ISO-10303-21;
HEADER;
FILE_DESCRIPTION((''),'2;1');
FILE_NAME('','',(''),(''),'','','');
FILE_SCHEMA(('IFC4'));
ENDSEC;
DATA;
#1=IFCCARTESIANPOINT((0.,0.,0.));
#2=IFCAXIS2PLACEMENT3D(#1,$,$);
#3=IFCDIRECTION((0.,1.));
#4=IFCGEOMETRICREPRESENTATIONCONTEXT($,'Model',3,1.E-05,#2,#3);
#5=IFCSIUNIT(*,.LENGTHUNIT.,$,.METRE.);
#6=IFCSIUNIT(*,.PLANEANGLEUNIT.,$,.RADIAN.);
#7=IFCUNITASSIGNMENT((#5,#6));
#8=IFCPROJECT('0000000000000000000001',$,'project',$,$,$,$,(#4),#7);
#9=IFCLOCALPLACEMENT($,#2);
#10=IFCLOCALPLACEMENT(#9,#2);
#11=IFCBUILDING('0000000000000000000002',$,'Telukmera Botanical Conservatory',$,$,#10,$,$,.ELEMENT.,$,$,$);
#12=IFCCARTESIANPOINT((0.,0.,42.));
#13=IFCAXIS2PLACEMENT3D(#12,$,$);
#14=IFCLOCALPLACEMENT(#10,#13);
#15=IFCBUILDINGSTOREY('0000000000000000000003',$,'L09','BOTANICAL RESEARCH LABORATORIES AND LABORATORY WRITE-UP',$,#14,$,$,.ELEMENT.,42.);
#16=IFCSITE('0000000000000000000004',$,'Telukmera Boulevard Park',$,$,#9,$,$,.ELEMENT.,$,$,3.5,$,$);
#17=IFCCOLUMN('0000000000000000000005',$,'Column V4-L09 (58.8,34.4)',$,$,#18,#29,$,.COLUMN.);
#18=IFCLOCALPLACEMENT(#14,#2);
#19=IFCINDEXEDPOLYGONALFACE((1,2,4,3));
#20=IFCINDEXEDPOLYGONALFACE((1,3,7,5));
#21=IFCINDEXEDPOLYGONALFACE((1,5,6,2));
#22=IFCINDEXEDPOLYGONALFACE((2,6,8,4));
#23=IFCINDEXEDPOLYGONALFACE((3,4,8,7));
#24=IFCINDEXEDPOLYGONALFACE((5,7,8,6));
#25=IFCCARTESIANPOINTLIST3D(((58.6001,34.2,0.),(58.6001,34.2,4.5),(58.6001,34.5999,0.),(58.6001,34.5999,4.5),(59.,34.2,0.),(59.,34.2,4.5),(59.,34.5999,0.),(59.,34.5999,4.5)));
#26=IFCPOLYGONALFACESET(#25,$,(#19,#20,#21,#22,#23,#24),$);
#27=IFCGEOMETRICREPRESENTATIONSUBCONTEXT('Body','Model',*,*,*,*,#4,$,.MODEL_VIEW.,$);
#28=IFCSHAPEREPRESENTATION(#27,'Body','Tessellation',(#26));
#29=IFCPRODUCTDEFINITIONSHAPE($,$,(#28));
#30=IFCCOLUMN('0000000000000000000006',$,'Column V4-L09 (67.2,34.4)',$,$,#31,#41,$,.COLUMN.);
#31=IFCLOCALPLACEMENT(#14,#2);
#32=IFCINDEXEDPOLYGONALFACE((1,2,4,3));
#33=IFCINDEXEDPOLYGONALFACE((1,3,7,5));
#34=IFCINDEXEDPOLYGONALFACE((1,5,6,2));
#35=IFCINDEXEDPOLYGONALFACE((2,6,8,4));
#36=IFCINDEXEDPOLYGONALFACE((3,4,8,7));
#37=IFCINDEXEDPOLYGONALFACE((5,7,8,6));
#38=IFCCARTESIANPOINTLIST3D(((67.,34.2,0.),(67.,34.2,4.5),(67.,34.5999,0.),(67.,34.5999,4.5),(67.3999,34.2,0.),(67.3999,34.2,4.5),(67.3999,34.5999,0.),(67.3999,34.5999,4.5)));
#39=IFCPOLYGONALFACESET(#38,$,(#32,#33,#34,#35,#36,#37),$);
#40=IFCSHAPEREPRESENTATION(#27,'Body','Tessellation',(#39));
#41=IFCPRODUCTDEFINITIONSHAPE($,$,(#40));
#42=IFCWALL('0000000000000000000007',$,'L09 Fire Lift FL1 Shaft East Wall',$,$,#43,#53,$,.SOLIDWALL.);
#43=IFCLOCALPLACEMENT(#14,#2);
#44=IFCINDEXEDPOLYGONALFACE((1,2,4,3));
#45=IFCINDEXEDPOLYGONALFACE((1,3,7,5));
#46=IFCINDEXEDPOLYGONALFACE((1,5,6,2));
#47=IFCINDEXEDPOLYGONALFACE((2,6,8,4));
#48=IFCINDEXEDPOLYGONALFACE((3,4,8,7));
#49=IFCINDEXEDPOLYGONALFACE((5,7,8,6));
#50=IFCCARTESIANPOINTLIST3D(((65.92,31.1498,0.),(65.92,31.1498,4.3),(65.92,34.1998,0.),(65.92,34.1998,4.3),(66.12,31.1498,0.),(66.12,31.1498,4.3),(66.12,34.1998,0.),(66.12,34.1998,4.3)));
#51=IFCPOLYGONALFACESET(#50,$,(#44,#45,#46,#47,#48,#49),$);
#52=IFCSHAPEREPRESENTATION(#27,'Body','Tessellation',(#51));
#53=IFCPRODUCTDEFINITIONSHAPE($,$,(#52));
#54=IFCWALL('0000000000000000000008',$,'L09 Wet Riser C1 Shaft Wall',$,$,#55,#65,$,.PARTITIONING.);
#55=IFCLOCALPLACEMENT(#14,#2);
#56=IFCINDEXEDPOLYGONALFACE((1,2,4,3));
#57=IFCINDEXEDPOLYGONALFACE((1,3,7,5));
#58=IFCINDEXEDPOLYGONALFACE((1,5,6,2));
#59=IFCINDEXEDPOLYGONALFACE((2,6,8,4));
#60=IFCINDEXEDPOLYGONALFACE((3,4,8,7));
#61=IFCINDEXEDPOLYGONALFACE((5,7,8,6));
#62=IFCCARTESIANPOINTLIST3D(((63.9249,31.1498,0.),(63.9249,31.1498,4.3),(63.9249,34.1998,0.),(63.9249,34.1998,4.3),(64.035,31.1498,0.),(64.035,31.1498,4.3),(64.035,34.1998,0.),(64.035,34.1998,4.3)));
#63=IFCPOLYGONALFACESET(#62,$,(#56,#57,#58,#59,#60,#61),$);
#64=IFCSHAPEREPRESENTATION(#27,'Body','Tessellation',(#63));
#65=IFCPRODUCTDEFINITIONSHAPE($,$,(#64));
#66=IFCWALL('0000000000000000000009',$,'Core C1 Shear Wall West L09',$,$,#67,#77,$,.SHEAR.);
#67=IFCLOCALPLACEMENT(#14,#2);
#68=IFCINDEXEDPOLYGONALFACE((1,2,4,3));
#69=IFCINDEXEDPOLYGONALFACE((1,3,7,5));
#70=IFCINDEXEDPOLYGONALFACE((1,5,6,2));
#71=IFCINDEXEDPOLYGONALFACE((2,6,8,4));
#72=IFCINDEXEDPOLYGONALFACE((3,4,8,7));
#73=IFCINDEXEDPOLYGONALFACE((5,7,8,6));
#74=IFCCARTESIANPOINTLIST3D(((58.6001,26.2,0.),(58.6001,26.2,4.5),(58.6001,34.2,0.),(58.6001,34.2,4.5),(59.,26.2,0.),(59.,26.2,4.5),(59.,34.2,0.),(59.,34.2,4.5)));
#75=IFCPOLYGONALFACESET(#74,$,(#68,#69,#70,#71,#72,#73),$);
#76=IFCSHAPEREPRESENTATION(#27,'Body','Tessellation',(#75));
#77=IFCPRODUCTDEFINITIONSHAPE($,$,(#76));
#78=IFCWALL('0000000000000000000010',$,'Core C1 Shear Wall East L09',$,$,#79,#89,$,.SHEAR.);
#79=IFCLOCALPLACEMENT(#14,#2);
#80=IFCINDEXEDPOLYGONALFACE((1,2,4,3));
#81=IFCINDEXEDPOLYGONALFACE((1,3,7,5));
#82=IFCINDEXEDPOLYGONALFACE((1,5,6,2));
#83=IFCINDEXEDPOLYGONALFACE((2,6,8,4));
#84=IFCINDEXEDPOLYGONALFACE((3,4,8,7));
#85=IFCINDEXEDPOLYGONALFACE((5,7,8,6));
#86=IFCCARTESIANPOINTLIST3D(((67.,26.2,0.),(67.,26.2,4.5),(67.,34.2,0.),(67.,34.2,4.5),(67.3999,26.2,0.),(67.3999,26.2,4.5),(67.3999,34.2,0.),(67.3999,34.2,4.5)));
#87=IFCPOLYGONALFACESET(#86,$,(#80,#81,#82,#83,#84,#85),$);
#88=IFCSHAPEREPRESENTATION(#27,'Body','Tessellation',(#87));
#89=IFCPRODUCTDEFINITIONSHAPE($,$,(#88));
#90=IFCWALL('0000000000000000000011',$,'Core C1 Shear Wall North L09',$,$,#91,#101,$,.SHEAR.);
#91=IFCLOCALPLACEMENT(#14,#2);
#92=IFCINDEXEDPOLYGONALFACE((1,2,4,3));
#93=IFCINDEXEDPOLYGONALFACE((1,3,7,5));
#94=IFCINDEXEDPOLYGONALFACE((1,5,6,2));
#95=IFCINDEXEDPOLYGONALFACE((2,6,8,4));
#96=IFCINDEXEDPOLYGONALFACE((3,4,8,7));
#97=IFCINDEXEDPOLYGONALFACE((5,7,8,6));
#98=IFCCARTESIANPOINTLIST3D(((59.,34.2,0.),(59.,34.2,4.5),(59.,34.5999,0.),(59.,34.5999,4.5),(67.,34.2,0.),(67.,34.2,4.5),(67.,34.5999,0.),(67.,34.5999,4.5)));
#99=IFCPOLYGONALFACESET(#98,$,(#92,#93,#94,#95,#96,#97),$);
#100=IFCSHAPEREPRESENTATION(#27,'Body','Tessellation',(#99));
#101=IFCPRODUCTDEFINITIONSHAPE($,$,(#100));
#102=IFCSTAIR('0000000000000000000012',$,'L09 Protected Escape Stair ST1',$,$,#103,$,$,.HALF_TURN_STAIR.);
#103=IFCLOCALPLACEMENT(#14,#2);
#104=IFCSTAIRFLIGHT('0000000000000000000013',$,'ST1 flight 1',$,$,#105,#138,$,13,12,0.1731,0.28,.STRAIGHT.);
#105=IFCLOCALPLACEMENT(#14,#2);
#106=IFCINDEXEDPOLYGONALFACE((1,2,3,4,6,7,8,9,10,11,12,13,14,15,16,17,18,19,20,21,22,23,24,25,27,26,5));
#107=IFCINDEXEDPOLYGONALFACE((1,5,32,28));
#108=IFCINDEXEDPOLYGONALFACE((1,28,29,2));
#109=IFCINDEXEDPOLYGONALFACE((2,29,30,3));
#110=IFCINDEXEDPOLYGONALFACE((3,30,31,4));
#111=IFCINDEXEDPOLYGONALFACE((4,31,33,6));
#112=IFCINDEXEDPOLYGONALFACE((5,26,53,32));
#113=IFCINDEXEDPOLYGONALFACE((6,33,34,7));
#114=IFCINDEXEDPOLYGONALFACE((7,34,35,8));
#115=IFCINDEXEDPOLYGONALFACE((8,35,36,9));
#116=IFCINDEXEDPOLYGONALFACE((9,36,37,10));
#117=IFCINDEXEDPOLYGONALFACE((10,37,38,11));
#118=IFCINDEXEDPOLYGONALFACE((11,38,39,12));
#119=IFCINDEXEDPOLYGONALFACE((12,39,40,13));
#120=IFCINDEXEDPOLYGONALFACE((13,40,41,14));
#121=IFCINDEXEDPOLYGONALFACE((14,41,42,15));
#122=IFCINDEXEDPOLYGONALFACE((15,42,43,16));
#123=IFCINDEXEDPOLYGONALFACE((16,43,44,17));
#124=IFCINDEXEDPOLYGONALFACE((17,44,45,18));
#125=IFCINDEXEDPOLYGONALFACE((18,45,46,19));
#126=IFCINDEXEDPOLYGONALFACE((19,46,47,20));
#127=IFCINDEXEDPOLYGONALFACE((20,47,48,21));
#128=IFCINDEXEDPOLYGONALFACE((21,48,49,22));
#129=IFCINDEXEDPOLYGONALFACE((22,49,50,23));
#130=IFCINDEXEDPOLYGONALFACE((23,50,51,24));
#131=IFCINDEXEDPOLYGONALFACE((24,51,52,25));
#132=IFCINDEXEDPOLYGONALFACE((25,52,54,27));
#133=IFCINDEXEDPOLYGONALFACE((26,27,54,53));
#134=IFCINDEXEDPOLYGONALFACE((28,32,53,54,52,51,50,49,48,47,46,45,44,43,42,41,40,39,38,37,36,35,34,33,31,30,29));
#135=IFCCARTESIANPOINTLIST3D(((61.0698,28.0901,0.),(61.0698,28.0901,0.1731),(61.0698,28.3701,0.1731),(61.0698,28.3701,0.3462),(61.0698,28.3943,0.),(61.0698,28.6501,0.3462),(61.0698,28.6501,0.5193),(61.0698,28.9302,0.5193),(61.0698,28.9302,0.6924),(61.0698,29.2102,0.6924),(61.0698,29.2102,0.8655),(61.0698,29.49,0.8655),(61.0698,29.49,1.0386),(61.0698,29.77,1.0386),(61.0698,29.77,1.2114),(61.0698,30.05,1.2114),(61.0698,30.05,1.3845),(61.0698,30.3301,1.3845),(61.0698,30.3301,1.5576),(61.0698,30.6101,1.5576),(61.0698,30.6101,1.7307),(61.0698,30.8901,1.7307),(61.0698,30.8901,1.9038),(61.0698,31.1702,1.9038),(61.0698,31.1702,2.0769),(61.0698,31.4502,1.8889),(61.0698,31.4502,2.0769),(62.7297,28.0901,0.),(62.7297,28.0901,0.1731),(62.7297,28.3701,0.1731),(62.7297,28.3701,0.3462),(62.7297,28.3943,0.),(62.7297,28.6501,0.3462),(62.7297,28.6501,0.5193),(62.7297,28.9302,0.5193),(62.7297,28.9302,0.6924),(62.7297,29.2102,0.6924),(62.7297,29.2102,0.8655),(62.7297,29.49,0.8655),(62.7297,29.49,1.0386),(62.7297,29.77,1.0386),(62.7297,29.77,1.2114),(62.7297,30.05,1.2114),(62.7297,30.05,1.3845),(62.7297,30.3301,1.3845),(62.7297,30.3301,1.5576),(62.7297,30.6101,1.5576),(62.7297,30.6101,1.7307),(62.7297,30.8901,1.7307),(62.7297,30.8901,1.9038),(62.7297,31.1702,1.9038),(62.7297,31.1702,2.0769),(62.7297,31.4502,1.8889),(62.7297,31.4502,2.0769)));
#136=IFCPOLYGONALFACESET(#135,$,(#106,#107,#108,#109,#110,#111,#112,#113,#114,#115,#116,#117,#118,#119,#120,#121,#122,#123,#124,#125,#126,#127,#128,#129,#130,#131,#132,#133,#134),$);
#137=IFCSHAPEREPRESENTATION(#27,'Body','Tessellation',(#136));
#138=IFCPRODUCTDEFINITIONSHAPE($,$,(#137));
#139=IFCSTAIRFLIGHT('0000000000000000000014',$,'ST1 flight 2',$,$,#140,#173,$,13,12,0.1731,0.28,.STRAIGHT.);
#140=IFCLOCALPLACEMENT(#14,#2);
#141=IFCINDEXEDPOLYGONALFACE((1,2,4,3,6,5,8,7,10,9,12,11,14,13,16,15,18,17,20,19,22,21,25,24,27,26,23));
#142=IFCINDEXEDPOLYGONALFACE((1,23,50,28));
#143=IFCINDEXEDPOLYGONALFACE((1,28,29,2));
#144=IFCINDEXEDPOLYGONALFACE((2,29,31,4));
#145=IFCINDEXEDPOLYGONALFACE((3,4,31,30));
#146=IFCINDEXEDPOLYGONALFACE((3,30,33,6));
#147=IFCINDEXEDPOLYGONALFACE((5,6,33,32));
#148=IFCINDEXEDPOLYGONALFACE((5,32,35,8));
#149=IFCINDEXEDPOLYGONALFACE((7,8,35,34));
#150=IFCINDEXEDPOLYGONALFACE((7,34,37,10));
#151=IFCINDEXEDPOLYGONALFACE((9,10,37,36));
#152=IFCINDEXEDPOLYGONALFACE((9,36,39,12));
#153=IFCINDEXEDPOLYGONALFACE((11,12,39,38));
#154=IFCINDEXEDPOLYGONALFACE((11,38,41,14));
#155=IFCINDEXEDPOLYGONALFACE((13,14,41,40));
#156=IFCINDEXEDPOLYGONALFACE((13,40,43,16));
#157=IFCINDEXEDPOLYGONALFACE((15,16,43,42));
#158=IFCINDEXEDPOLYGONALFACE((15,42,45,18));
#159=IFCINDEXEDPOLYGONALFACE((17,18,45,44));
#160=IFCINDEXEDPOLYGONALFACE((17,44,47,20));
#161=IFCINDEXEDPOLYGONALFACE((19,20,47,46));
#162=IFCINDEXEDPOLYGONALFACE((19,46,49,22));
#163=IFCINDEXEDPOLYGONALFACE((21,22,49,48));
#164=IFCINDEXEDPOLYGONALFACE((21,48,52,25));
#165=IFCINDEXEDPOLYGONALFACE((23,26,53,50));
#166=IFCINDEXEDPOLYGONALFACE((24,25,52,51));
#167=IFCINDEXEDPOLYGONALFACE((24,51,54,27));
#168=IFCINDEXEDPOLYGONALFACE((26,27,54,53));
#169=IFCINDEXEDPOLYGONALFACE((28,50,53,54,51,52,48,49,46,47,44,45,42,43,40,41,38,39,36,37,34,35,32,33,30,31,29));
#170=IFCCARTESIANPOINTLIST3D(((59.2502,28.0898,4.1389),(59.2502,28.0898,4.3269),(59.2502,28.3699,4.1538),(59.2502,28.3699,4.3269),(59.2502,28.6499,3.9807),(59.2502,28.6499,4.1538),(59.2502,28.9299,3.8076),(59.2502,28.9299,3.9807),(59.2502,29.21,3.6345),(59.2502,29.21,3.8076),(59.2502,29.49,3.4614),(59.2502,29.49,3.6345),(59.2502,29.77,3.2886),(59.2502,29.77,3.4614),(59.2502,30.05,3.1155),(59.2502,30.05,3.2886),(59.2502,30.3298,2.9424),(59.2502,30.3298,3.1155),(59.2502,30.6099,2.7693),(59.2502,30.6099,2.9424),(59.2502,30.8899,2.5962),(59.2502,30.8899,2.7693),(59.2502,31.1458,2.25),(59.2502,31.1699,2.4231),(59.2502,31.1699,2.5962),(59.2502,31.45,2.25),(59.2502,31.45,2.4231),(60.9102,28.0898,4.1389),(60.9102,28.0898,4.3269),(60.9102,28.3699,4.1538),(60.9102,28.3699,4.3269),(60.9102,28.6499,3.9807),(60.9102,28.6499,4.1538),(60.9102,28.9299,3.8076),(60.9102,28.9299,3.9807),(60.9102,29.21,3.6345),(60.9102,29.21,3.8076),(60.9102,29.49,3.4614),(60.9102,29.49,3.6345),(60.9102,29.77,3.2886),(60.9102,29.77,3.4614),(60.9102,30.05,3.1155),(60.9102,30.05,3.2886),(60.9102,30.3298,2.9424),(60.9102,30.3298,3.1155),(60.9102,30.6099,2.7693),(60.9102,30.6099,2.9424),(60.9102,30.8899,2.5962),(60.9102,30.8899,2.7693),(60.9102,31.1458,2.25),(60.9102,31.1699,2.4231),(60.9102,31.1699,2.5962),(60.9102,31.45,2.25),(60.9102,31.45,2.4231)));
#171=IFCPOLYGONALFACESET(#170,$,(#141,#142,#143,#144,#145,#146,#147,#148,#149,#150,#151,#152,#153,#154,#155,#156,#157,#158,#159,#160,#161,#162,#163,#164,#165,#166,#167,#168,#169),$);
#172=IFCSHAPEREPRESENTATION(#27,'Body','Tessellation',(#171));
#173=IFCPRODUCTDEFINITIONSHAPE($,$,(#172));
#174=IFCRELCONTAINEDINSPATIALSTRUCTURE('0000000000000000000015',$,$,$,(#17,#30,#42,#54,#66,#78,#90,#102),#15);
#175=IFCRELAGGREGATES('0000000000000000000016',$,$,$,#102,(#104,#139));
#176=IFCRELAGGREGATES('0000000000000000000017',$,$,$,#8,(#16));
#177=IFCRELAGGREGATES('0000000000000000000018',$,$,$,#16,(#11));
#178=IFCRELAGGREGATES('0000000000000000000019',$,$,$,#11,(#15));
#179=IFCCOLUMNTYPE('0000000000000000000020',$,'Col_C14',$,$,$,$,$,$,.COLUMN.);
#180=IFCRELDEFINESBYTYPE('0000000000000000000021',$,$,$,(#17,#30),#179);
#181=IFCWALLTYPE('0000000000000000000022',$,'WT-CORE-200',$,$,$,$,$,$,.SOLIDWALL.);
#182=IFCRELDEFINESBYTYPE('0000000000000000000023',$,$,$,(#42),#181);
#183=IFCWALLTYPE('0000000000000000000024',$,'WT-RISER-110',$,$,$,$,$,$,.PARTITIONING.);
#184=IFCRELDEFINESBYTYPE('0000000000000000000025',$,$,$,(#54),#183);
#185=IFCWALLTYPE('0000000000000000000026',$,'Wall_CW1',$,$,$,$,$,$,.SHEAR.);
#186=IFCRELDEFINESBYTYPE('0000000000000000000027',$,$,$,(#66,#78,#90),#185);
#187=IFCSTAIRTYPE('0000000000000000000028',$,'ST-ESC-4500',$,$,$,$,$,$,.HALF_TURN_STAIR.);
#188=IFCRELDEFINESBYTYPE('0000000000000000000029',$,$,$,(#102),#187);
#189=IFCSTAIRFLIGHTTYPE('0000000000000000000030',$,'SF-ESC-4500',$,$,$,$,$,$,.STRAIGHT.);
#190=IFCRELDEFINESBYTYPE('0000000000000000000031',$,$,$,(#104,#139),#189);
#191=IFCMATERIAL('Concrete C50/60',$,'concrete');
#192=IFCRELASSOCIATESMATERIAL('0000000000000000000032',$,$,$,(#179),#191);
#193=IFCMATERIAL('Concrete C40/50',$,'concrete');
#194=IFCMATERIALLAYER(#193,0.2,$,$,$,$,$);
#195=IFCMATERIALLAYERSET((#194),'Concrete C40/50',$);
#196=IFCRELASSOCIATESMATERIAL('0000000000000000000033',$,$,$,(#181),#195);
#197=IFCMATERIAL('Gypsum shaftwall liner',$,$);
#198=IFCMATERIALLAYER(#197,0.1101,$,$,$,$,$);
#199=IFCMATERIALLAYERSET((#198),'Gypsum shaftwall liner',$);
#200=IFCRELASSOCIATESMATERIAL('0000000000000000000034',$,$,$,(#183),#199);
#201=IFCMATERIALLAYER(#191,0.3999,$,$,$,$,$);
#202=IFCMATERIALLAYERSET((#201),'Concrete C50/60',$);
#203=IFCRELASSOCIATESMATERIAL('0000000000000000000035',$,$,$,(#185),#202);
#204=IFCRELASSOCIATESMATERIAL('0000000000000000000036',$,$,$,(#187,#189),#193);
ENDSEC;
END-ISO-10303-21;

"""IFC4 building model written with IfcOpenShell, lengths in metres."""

from ifc_helpers import new_model, si_unit, direction, frame, frame_2d, origin, origin_2d, place, context, subcontext, project, spatial, polyline, rectangle, outline, extrude, material, layer, layer_set, material_profile, profile_set, type_object, element, aggregate, save


model = new_model("IFC4")

# Units and contexts
model_context = context("Model", 3, precision=1e-05, world=origin(), true_north=direction((0.0, 1.0)))
body_context = subcontext(model_context, "Body", "Model", "MODEL_VIEW")
ifc_project = project(units=[si_unit("LENGTHUNIT", "METRE"), si_unit("PLANEANGLEUNIT", "RADIAN")], contexts=[model_context])

# Site, building, storey
site_placement = place(None, origin())
site = spatial("IfcSite", under=ifc_project, at=site_placement, Name="Telukmera Boulevard Park", CompositionType="ELEMENT", RefElevation=3.5)
building_placement = place(site_placement, origin())
building = spatial("IfcBuilding", under=site, at=building_placement, Name="Telukmera Botanical Conservatory", CompositionType="ELEMENT")
storey_placement = place(building_placement, frame((0.0, 0.0, 42.0)))
storey = spatial("IfcBuildingStorey", under=building, at=storey_placement, Name="L09", Description="BOTANICAL RESEARCH LABORATORIES AND LABORATORY WRITE-UP", CompositionType="ELEMENT", Elevation=42.0)

# Columns
ifc_material_1 = material(Name="Concrete C50/60", Category="concrete")
ifc_material_profile = material_profile(ifc_material_1, rectangle(XDim=0.3999, YDim=0.3999, at=origin_2d()), Name="RC 400x400")
ifc_profile_set = profile_set([ifc_material_profile], Name="Concrete C50/60")
column_type = type_object("IfcColumnType", Name="Col_C14", PredefinedType="COLUMN", material=ifc_profile_set)
for number, where, z_axis, x_axis, name in (
    (1, (58.8, 34.3999, 0.0), (0.0, 0.0, 1.0), (1.0, 0.0, 0.0), "Column V4-L09 (58.8,34.4)"),
    (2, (67.2, 34.3999, 0.0), (0.0, 0.0, 1.0), (1.0, 0.0, 0.0), "Column V4-L09 (67.2,34.4)"),
):
    element("IfcColumn", number, at=place(storey_placement, frame(where, z_axis=z_axis, x_axis=x_axis)), inside=storey, type_object=column_type, Name=name, PredefinedType="COLUMN", context=body_context, shape_type="SweptSolid", body=[
        extrude(rectangle(XDim=0.3999, YDim=0.3999, at=origin_2d()), origin(), (0.0, 0.0, 1.0), 4.5),
    ])

# Shared definitions
ifc_material_2 = material(Name="Concrete C40/50", Category="concrete")
ifc_layer_1 = layer(ifc_material_2, 0.2)
ifc_layer_set_1 = layer_set([ifc_layer_1], Name="Concrete C40/50")
wall_type_1 = type_object("IfcWallType", Name="WT-CORE-200", PredefinedType="SOLIDWALL", material=ifc_layer_set_1)

# Walls
wall_1_placement = place(storey_placement, frame((66.02, 31.1499, 0.0), z_axis=(0.0, 0.0, 1.0), x_axis=(0.0, 1.0, 0.0)))
element("IfcWall", 3, at=wall_1_placement, inside=storey, type_object=wall_type_1, Name="L09 Fire Lift FL1 Shaft East Wall", PredefinedType="SOLIDWALL", context=body_context, shape_type="SweptSolid", body=[
    extrude(rectangle(XDim=3.05, YDim=0.2, at=frame_2d((1.5249, 0.0))), origin(), (0.0, 0.0, 1.0), 4.3),
])
ifc_material_3 = material(Name="Gypsum shaftwall liner")
ifc_layer_2 = layer(ifc_material_3, 0.1101)
ifc_layer_set_2 = layer_set([ifc_layer_2], Name="Gypsum shaftwall liner")
wall_type_2 = type_object("IfcWallType", Name="WT-RISER-110", PredefinedType="PARTITIONING", material=ifc_layer_set_2)
wall_2_placement = place(storey_placement, frame((63.98, 31.1499, 0.0), z_axis=(0.0, 0.0, 1.0), x_axis=(0.0, 1.0, 0.0)))
element("IfcWall", 4, at=wall_2_placement, inside=storey, type_object=wall_type_2, Name="L09 Wet Riser C1 Shaft Wall", PredefinedType="PARTITIONING", context=body_context, shape_type="SweptSolid", body=[
    extrude(rectangle(XDim=3.05, YDim=0.1101, at=frame_2d((1.5249, 0.0))), origin(), (0.0, 0.0, 1.0), 4.3),
])
ifc_layer_3 = layer(ifc_material_1, 0.3999)
ifc_layer_set_3 = layer_set([ifc_layer_3], Name="Concrete C50/60")
wall_type_3 = type_object("IfcWallType", Name="Wall_CW1", PredefinedType="SHEAR", material=ifc_layer_set_3)
for number, where, z_axis, x_axis, name in (
    (5, (58.8, 26.2, 0.0), (0.0, 0.0, 1.0), (0.0, 1.0, 0.0), "Core C1 Shear Wall West L09"),
    (6, (67.2, 26.2, 0.0), (0.0, 0.0, 1.0), (0.0, 1.0, 0.0), "Core C1 Shear Wall East L09"),
    (7, (59.0, 34.3999, 0.0), (0.0, 0.0, 1.0), (1.0, 0.0, 0.0), "Core C1 Shear Wall North L09"),
):
    element("IfcWall", number, at=place(storey_placement, frame(where, z_axis=z_axis, x_axis=x_axis)), inside=storey, type_object=wall_type_3, Name=name, PredefinedType="SHEAR", context=body_context, shape_type="SweptSolid", body=[
        extrude(rectangle(XDim=8.0, YDim=0.3999, at=frame_2d((4.0, 0.0))), origin(), (0.0, 0.0, 1.0), 4.5),
    ])

# Stair, stair flights
stair_type = type_object("IfcStairType", Name="ST-ESC-4500", PredefinedType="HALF_TURN_STAIR", material=ifc_material_2)
stair_placement = place(storey_placement, origin())
stair = element("IfcStair", 8, at=stair_placement, inside=storey, type_object=stair_type, Name="L09 Protected Escape Stair ST1", PredefinedType="HALF_TURN_STAIR")
stair_flight_type = type_object("IfcStairFlightType", Name="SF-ESC-4500", PredefinedType="STRAIGHT", material=ifc_material_2)
stair_flight_1_placement = place(storey_placement, frame((61.8999, 28.0901, 0.0), z_axis=(0.0, 0.0, 1.0), x_axis=(0.0, 1.0, 0.0)))
stair_flight_1 = element("IfcStairFlight", 9, at=stair_flight_1_placement, type_object=stair_flight_type, Name="ST1 flight 1", NumberOfRisers=13, NumberOfTreads=12, PredefinedType="STRAIGHT", RiserHeight=0.1731, TreadLength=0.28, context=body_context, shape_type="SweptSolid", body=[
    extrude(outline(polyline([(0.0, 0.0), (0.0, 0.1731), (0.28, 0.1731), (0.28, 0.3462), (0.5601, 0.3462), (0.5601, 0.5193), (0.8401, 0.5193), (0.8401, 0.6924), (1.1201, 0.6924), (1.1201, 0.8655), (1.3999, 0.8655), (1.3999, 1.0386), (1.6799, 1.0386), (1.6799, 1.2114), (1.96, 1.2114), (1.96, 1.3845), (2.24, 1.3845), (2.24, 1.5576), (2.52, 1.5576), (2.52, 1.7307), (2.8, 1.7307), (2.8, 1.9038), (3.0801, 1.9038), (3.0801, 2.0769), (3.3601, 2.0769), (3.3601, 2.25), (3.3601, 1.8889), (0.3042, 0.0), (0.0, 0.0)])), frame((0.0, 0.8301, 0.0), z_axis=(0.0, -1.0, 0.0), x_axis=(1.0, 0.0, 0.0)), (0.0, 0.0, 1.0), 1.6599),
])
stair_flight_2_placement = place(storey_placement, frame((60.0801, 31.45, 2.25), z_axis=(0.0, 0.0, 1.0), x_axis=(0.0, -1.0, 0.0)))
stair_flight_2 = element("IfcStairFlight", 10, at=stair_flight_2_placement, type_object=stair_flight_type, Name="ST1 flight 2", NumberOfRisers=13, NumberOfTreads=12, PredefinedType="STRAIGHT", RiserHeight=0.1731, TreadLength=0.28, context=body_context, shape_type="SweptSolid", body=[
    extrude(outline(polyline([(0.0, 0.0), (0.0, 0.1731), (0.28, 0.1731), (0.28, 0.3462), (0.5601, 0.3462), (0.5601, 0.5193), (0.8401, 0.5193), (0.8401, 0.6924), (1.1201, 0.6924), (1.1201, 0.8655), (1.3999, 0.8655), (1.3999, 1.0386), (1.6799, 1.0386), (1.6799, 1.2114), (1.96, 1.2114), (1.96, 1.3845), (2.24, 1.3845), (2.24, 1.5576), (2.52, 1.5576), (2.52, 1.7307), (2.8, 1.7307), (2.8, 1.9038), (3.0801, 1.9038), (3.0801, 2.0769), (3.3601, 2.0769), (3.3601, 2.25), (3.3601, 1.8889), (0.3042, 0.0), (0.0, 0.0)])), frame((0.0, 0.8301, 0.0), z_axis=(0.0, -1.0, 0.0), x_axis=(1.0, 0.0, 0.0)), (0.0, 0.0, 1.0), 1.6599),
])
aggregate(stair, [stair_flight_1, stair_flight_2])

save(model, "model.ifc")
